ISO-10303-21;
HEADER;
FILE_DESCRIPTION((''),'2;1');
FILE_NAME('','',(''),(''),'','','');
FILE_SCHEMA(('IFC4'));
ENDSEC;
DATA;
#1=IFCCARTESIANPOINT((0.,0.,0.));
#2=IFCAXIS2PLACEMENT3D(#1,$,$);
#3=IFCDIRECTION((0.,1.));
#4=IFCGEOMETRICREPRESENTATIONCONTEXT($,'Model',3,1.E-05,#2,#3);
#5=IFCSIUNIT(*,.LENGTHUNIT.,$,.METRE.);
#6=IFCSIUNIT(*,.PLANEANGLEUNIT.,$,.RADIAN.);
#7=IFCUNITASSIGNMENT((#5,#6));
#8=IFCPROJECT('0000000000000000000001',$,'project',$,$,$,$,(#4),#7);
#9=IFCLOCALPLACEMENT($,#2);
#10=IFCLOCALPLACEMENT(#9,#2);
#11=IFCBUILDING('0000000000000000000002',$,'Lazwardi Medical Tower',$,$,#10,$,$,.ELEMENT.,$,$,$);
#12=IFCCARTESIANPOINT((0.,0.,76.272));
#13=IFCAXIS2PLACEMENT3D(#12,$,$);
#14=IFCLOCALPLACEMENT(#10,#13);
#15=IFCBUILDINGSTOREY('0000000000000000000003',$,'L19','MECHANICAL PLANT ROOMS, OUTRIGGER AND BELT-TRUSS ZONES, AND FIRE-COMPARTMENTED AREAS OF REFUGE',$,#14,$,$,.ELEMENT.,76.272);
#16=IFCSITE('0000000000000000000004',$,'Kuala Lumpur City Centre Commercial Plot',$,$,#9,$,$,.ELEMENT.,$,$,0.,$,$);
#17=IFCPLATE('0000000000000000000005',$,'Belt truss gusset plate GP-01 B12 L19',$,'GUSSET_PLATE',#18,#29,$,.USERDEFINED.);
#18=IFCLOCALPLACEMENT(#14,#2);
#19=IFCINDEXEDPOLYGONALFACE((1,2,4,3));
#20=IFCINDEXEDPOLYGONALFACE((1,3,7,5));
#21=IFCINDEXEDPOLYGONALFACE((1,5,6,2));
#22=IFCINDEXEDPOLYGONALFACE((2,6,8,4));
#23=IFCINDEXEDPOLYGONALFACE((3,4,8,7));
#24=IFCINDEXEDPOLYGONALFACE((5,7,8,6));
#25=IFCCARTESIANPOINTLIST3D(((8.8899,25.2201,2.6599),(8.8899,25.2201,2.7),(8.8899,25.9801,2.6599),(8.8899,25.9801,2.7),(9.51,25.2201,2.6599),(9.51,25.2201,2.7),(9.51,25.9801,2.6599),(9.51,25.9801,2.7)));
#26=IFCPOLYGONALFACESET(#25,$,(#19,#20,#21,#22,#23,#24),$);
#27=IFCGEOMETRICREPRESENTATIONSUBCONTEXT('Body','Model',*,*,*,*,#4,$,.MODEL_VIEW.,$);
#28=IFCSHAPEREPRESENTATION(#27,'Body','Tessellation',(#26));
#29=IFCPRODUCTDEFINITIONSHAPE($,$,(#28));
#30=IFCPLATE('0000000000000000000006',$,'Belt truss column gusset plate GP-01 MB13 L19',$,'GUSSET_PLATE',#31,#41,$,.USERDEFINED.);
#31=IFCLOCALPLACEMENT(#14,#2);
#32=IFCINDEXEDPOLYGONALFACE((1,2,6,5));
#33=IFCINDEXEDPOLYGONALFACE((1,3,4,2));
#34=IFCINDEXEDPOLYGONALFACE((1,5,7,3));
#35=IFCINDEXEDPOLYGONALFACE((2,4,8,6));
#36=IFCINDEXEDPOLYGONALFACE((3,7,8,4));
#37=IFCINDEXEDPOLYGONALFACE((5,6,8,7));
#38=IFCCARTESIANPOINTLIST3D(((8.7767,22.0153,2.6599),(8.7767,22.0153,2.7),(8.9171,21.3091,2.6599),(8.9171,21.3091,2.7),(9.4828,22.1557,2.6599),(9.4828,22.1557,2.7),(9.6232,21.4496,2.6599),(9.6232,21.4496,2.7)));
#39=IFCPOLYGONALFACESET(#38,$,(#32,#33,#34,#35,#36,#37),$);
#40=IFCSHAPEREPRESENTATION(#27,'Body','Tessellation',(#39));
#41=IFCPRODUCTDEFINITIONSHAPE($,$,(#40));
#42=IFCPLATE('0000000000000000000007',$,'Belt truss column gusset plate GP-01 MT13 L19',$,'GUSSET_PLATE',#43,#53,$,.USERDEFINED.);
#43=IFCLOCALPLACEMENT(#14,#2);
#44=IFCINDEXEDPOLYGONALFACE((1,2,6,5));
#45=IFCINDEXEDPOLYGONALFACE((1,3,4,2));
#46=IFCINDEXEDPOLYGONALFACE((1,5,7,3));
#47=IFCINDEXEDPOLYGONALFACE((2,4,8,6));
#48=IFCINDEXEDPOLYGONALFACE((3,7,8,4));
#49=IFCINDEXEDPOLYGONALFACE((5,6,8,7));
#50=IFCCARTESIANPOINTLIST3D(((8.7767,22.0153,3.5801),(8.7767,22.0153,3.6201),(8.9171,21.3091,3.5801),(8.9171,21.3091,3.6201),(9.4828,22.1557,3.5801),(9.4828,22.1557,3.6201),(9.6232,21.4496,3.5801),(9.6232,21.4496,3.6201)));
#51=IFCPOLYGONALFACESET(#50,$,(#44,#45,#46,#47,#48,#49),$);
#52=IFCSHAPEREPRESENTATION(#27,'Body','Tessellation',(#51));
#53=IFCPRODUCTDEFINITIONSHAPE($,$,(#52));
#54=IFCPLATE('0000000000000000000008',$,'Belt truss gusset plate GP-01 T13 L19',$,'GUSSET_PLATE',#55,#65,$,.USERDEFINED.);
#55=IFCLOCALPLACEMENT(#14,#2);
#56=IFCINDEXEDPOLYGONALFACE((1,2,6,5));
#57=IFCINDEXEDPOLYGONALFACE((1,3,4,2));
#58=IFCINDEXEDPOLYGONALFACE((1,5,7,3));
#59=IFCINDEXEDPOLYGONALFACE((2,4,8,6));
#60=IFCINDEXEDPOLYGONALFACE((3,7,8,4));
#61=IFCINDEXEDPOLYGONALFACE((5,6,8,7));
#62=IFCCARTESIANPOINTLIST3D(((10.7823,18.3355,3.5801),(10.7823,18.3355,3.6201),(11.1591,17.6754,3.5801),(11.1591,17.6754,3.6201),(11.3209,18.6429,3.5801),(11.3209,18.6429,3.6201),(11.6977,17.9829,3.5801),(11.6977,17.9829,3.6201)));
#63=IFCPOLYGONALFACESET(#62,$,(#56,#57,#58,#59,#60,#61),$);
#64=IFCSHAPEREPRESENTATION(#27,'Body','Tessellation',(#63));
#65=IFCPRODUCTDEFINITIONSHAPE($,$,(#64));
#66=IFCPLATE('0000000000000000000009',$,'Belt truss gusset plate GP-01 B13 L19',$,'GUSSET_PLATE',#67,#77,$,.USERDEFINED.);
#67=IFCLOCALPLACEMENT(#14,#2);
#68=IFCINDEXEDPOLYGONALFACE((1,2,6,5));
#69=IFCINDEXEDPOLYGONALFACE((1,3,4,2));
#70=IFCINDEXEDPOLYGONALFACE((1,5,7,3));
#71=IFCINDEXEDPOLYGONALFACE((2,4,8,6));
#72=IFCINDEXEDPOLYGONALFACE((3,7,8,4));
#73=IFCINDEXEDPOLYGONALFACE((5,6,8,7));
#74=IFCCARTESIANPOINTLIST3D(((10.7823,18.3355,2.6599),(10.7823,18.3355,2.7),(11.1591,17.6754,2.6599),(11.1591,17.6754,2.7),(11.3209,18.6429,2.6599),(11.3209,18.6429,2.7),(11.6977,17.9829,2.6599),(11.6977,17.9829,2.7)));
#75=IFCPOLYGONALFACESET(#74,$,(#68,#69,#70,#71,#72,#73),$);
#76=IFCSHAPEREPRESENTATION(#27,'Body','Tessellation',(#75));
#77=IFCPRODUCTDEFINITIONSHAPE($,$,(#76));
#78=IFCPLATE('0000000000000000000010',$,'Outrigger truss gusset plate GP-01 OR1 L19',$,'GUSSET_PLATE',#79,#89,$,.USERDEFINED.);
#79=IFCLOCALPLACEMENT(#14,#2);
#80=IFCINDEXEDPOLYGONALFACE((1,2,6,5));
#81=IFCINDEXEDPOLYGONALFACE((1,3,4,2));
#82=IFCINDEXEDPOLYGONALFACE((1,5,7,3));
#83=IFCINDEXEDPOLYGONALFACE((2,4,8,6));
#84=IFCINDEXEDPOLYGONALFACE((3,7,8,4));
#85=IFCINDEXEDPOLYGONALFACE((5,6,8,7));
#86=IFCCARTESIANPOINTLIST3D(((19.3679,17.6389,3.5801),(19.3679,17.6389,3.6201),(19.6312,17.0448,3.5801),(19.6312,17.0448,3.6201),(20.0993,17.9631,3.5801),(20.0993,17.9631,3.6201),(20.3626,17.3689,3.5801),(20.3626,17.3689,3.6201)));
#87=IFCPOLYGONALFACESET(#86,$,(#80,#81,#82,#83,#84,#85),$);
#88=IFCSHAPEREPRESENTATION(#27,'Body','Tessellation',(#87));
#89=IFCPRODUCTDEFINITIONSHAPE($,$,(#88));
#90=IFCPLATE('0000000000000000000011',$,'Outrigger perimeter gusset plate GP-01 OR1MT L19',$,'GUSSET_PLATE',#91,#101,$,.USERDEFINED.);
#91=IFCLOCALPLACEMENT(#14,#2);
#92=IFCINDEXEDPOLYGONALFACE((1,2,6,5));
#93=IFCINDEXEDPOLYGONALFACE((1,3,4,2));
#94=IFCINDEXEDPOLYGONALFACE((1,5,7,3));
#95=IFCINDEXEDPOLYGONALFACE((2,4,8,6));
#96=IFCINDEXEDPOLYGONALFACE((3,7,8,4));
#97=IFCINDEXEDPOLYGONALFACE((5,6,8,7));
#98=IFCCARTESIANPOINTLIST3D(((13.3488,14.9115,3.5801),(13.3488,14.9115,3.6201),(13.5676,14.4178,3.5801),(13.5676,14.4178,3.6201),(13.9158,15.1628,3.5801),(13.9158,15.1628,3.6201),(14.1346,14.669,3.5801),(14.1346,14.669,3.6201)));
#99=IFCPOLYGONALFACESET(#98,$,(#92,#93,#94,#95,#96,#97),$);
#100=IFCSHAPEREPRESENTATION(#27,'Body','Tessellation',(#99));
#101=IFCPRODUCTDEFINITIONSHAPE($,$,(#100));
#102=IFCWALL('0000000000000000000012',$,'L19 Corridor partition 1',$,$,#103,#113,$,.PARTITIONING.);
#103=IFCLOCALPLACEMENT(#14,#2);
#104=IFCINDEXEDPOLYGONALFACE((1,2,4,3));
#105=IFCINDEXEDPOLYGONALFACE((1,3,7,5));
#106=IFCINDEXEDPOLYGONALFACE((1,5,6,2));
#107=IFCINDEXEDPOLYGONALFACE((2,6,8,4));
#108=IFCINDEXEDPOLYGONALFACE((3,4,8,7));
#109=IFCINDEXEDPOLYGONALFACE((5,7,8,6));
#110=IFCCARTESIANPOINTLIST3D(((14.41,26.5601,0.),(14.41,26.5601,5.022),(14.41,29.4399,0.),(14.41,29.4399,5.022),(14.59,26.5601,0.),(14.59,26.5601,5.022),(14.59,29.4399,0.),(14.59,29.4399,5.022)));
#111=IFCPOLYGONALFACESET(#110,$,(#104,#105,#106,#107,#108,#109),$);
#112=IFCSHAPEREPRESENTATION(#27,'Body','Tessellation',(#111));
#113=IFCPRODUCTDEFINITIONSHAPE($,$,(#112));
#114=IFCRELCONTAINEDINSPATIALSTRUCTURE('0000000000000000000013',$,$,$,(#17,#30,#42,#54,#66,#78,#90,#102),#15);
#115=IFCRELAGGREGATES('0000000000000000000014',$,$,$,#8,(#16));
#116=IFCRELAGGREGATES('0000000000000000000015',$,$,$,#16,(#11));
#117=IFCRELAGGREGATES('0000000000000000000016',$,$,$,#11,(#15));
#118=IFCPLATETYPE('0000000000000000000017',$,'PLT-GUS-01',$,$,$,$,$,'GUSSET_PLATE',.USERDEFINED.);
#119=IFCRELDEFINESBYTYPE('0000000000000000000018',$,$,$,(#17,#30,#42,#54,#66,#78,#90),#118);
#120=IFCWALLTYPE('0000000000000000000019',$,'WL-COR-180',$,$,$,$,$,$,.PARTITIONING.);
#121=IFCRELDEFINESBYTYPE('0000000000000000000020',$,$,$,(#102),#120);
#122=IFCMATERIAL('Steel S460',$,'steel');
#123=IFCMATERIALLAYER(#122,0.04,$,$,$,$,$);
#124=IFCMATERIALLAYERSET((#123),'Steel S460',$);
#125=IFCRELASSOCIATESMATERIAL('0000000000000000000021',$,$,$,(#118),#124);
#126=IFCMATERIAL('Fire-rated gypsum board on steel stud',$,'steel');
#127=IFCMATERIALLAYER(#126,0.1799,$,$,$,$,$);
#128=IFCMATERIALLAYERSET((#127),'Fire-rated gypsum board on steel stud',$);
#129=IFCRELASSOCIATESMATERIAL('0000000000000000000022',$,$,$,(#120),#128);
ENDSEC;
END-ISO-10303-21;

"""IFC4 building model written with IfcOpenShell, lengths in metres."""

from ifc_helpers import new_model, si_unit, direction, frame, frame_2d, origin, origin_2d, place, context, subcontext, project, spatial, rectangle, extrude, material, layer, layer_set, type_object, element, save


model = new_model("IFC4")

# Units and contexts
model_context = context("Model", 3, precision=1e-05, world=origin(), true_north=direction((0.0, 1.0)))
body_context = subcontext(model_context, "Body", "Model", "MODEL_VIEW")
ifc_project = project(units=[si_unit("LENGTHUNIT", "METRE"), si_unit("PLANEANGLEUNIT", "RADIAN")], contexts=[model_context])

# Site, building, storey
site_placement = place(None, origin())
site = spatial("IfcSite", under=ifc_project, at=site_placement, Name="Kuala Lumpur City Centre Commercial Plot", CompositionType="ELEMENT", RefElevation=0.0)
building_placement = place(site_placement, origin())
building = spatial("IfcBuilding", under=site, at=building_placement, Name="Lazwardi Medical Tower", CompositionType="ELEMENT")
storey_placement = place(building_placement, frame((0.0, 0.0, 76.272)))
storey = spatial("IfcBuildingStorey", under=building, at=storey_placement, Name="L19", Description="MECHANICAL PLANT ROOMS, OUTRIGGER AND BELT-TRUSS ZONES, AND FIRE-COMPARTMENTED AREAS OF REFUGE", CompositionType="ELEMENT", Elevation=76.272)

# Shared definitions
ifc_material_1 = material(Name="Steel S460", Category="steel")

# Plates
ifc_layer_1 = layer(ifc_material_1, 0.04)
ifc_layer_set_1 = layer_set([ifc_layer_1], Name="Steel S460")
plate_type = type_object("IfcPlateType", Name="PLT-GUS-01", ElementType="GUSSET_PLATE", PredefinedType="USERDEFINED", material=ifc_layer_set_1)
for number, where, z_axis, x_axis, name in (
    (1, (9.2, 25.6001, 2.6599), (0.0, 0.0, 1.0), (0.0, -1.0, 0.0), "Belt truss gusset plate GP-01 B12 L19"),
):
    element("IfcPlate", number, at=place(storey_placement, frame(where, z_axis=z_axis, x_axis=x_axis)), inside=storey, type_object=plate_type, Name=name, ObjectType="GUSSET_PLATE", PredefinedType="USERDEFINED", context=body_context, shape_type="SweptSolid", body=[
        extrude(rectangle(XDim=0.76, YDim=0.6201, at=origin_2d()), origin(), (0.0, 0.0, 1.0), 0.04),
    ])
for number, where, z_axis, x_axis, name in (
    (2, (9.2, 21.7324, 2.6599), (0.0, 0.0, 1.0), (-0.980785, -0.19509, 0.0), "Belt truss column gusset plate GP-01 MB13 L19"),
    (3, (9.2, 21.7324, 3.5801), (0.0, 0.0, 1.0), (-0.980785, -0.19509, 0.0), "Belt truss column gusset plate GP-01 MT13 L19"),
):
    element("IfcPlate", number, at=place(storey_placement, frame(where, z_axis=z_axis, x_axis=x_axis)), inside=storey, type_object=plate_type, Name=name, ObjectType="GUSSET_PLATE", PredefinedType="USERDEFINED", context=body_context, shape_type="SweptSolid", body=[
        extrude(rectangle(XDim=0.72, YDim=0.72, at=origin_2d()), origin(), (0.0, 0.0, 1.0), 0.04),
    ])
for number, where, z_axis, x_axis, name in (
    (4, (11.24, 18.1592, 3.5801), (0.0, 0.0, 1.0), (0.495762, -0.868459, 0.0), "Belt truss gusset plate GP-01 T13 L19"),
    (5, (11.24, 18.1592, 2.6599), (0.0, 0.0, 1.0), (0.495762, -0.868459, 0.0), "Belt truss gusset plate GP-01 B13 L19"),
):
    element("IfcPlate", number, at=place(storey_placement, frame(where, z_axis=z_axis, x_axis=x_axis)), inside=storey, type_object=plate_type, Name=name, ObjectType="GUSSET_PLATE", PredefinedType="USERDEFINED", context=body_context, shape_type="SweptSolid", body=[
        extrude(rectangle(XDim=0.76, YDim=0.6201, at=origin_2d()), origin(), (0.0, 0.0, 1.0), 0.04),
    ])
plate_1_placement = place(storey_placement, frame((19.8652, 17.5039, 3.5801), z_axis=(0.0, 0.0, 1.0), x_axis=(-0.914254, -0.405142, 0.0)))
element("IfcPlate", 6, at=plate_1_placement, inside=storey, type_object=plate_type, Name="Outrigger truss gusset plate GP-01 OR1 L19", ObjectType="GUSSET_PLATE", PredefinedType="USERDEFINED", context=body_context, shape_type="SweptSolid", body=[
    extrude(rectangle(XDim=0.8, YDim=0.6499, at=origin_2d()), origin(), (0.0, 0.0, 1.0), 0.04),
])
plate_2_placement = place(storey_placement, frame((13.7417, 14.7903, 3.5801), z_axis=(0.0, 0.0, 1.0), x_axis=(-0.914254, -0.405142, 0.0)))
element("IfcPlate", 7, at=plate_2_placement, inside=storey, type_object=plate_type, Name="Outrigger perimeter gusset plate GP-01 OR1MT L19", ObjectType="GUSSET_PLATE", PredefinedType="USERDEFINED", context=body_context, shape_type="SweptSolid", body=[
    extrude(rectangle(XDim=0.6201, YDim=0.54, at=origin_2d()), origin(), (0.0, 0.0, 1.0), 0.04),
])

# Wall
ifc_material_2 = material(Name="Fire-rated gypsum board on steel stud", Category="steel")
ifc_layer_2 = layer(ifc_material_2, 0.1799)
ifc_layer_set_2 = layer_set([ifc_layer_2], Name="Fire-rated gypsum board on steel stud")
wall_type = type_object("IfcWallType", Name="WL-COR-180", PredefinedType="PARTITIONING", material=ifc_layer_set_2)
wall_placement = place(storey_placement, frame((14.5, 26.5601, 0.0), z_axis=(0.0, 0.0, 1.0), x_axis=(0.0, 1.0, 0.0)))
element("IfcWall", 8, at=wall_placement, inside=storey, type_object=wall_type, Name="L19 Corridor partition 1", PredefinedType="PARTITIONING", context=body_context, shape_type="SweptSolid", body=[
    extrude(rectangle(XDim=2.8799, YDim=0.1799, at=frame_2d((1.4399, 0.0))), origin(), (0.0, 0.0, 1.0), 5.022),
])

save(model, "model.ifc")
